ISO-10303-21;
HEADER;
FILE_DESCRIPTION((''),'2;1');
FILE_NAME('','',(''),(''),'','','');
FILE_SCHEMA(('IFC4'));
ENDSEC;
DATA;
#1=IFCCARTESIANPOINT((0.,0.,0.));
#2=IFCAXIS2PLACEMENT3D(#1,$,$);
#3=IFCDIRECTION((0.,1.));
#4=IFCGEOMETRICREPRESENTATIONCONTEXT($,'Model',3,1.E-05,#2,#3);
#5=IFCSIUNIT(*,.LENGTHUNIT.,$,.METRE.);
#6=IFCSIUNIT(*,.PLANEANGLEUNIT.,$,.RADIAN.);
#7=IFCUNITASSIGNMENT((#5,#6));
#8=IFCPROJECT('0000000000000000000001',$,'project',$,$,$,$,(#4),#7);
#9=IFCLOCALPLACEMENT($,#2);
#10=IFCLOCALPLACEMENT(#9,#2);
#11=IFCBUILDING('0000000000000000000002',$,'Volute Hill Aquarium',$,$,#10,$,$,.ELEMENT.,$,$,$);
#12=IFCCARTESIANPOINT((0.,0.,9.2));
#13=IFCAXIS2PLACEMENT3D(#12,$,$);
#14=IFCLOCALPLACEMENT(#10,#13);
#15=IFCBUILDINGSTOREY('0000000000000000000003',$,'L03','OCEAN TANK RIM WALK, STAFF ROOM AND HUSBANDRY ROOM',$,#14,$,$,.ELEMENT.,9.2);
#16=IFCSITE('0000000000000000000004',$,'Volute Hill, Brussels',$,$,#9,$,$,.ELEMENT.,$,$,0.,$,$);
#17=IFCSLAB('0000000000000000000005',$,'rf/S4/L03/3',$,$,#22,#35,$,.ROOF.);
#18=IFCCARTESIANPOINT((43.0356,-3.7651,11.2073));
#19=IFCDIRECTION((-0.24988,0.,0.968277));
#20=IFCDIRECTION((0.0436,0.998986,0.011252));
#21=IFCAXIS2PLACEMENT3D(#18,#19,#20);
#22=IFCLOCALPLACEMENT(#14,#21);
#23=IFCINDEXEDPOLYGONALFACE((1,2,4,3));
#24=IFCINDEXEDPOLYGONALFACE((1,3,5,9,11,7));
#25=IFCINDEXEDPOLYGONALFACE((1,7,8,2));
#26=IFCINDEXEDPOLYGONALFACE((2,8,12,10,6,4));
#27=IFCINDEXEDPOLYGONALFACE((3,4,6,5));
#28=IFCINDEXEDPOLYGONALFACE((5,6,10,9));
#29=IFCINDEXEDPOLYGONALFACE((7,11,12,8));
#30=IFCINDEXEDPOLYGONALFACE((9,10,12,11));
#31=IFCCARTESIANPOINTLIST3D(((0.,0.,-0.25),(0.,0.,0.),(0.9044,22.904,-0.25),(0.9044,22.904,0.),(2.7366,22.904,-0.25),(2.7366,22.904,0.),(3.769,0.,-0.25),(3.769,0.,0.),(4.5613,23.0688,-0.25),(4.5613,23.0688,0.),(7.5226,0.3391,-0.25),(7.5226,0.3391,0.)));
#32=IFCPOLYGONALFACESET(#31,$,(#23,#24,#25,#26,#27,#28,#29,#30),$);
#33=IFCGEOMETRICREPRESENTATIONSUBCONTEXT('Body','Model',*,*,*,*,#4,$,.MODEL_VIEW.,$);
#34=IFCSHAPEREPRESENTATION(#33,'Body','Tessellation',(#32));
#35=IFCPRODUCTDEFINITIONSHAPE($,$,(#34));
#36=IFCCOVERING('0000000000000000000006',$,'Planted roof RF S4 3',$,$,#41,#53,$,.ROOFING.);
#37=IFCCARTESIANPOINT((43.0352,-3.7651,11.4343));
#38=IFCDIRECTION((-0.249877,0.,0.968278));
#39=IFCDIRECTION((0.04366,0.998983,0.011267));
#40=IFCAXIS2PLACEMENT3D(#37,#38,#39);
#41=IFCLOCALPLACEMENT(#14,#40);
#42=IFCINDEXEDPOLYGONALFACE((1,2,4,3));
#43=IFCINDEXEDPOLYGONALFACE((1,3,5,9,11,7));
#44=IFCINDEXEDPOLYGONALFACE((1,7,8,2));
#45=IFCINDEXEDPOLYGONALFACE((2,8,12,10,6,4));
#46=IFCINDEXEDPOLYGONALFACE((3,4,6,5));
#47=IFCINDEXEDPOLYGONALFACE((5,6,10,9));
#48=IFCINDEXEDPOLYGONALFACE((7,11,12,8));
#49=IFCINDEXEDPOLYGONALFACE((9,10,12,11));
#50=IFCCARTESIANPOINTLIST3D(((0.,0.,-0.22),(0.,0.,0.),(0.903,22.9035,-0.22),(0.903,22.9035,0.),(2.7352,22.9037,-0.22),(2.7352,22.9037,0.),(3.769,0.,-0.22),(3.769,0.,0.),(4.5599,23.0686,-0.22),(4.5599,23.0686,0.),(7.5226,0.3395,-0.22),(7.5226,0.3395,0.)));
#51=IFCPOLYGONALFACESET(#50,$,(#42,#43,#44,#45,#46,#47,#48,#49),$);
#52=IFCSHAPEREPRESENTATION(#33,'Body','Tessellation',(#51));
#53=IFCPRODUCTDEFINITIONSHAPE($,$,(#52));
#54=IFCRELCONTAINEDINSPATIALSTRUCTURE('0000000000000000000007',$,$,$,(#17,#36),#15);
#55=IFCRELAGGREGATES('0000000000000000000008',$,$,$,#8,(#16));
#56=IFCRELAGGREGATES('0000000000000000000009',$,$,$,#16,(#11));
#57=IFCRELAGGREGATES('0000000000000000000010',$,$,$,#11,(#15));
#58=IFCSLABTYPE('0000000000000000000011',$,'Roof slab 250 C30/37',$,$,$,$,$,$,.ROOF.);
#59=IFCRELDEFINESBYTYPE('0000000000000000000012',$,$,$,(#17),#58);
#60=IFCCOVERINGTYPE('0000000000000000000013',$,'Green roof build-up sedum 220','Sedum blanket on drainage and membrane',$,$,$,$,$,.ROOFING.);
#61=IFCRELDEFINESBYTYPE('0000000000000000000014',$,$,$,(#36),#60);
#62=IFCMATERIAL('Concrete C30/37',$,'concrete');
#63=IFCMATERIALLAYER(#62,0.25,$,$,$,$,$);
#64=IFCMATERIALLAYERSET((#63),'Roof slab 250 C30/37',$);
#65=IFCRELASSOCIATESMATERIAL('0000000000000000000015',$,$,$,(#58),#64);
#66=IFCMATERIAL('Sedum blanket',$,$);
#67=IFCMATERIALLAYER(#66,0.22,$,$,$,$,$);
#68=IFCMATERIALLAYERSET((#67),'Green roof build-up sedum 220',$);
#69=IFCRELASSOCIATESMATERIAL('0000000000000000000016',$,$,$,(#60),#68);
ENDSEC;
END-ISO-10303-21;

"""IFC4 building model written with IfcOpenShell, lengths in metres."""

from ifc_helpers import new_model, si_unit, direction, frame, origin, place, context, subcontext, project, spatial, polyline, outline, extrude, material, layer, layer_set, type_object, element, save


model = new_model("IFC4")

# Units and contexts
model_context = context("Model", 3, precision=1e-05, world=origin(), true_north=direction((0.0, 1.0)))
body_context = subcontext(model_context, "Body", "Model", "MODEL_VIEW")
ifc_project = project(units=[si_unit("LENGTHUNIT", "METRE"), si_unit("PLANEANGLEUNIT", "RADIAN")], contexts=[model_context])

# Site, building, storey
site_placement = place(None, origin())
site = spatial("IfcSite", under=ifc_project, at=site_placement, Name="Volute Hill, Brussels", CompositionType="ELEMENT", RefElevation=0.0)
building_placement = place(site_placement, origin())
building = spatial("IfcBuilding", under=site, at=building_placement, Name="Volute Hill Aquarium", CompositionType="ELEMENT")
storey_placement = place(building_placement, frame((0.0, 0.0, 9.2)))
storey = spatial("IfcBuildingStorey", under=building, at=storey_placement, Name="L03", Description="OCEAN TANK RIM WALK, STAFF ROOM AND HUSBANDRY ROOM", CompositionType="ELEMENT", Elevation=9.2)

# Slab
ifc_material_1 = material(Name="Concrete C30/37", Category="concrete")
ifc_layer_1 = layer(ifc_material_1, 0.25)
ifc_layer_set_1 = layer_set([ifc_layer_1], Name="Roof slab 250 C30/37")
slab_type = type_object("IfcSlabType", Name="Roof slab 250 C30/37", PredefinedType="ROOF", material=ifc_layer_set_1)
slab_placement = place(storey_placement, frame((43.0356, -3.7651, 11.2073), z_axis=(-0.24988, 0.0, 0.968277), x_axis=(0.0436, 0.998986, 0.011252)))
element("IfcSlab", 1, at=slab_placement, inside=storey, type_object=slab_type, Name="rf/S4/L03/3", PredefinedType="ROOF", context=body_context, shape_type="SweptSolid", body=[
    extrude(outline(polyline([(0.0, 0.0), (3.769, 0.0), (7.5226, 0.3391), (4.5613, 23.0688), (2.7366, 22.904), (0.9044, 22.904), (0.0, 0.0)])), origin(), (0.0, 0.0, -1.0), 0.25),
])

# Covering
ifc_material_2 = material(Name="Sedum blanket")
ifc_layer_2 = layer(ifc_material_2, 0.22)
ifc_layer_set_2 = layer_set([ifc_layer_2], Name="Green roof build-up sedum 220")
covering_type = type_object("IfcCoveringType", Name="Green roof build-up sedum 220", Description="Sedum blanket on drainage and membrane", PredefinedType="ROOFING", material=ifc_layer_set_2)
covering_placement = place(storey_placement, frame((43.0352, -3.7651, 11.4343), z_axis=(-0.249877, 0.0, 0.968278), x_axis=(0.04366, 0.998983, 0.011267)))
element("IfcCovering", 2, at=covering_placement, inside=storey, type_object=covering_type, Name="Planted roof RF S4 3", PredefinedType="ROOFING", context=body_context, shape_type="SweptSolid", body=[
    extrude(outline(polyline([(0.0, 0.0), (3.769, 0.0), (7.5226, 0.3395), (4.5599, 23.0686), (2.7352, 22.9037), (0.903, 22.9035), (0.0, 0.0)])), origin(), (0.0, 0.0, -1.0), 0.22),
])

save(model, "model.ifc")
